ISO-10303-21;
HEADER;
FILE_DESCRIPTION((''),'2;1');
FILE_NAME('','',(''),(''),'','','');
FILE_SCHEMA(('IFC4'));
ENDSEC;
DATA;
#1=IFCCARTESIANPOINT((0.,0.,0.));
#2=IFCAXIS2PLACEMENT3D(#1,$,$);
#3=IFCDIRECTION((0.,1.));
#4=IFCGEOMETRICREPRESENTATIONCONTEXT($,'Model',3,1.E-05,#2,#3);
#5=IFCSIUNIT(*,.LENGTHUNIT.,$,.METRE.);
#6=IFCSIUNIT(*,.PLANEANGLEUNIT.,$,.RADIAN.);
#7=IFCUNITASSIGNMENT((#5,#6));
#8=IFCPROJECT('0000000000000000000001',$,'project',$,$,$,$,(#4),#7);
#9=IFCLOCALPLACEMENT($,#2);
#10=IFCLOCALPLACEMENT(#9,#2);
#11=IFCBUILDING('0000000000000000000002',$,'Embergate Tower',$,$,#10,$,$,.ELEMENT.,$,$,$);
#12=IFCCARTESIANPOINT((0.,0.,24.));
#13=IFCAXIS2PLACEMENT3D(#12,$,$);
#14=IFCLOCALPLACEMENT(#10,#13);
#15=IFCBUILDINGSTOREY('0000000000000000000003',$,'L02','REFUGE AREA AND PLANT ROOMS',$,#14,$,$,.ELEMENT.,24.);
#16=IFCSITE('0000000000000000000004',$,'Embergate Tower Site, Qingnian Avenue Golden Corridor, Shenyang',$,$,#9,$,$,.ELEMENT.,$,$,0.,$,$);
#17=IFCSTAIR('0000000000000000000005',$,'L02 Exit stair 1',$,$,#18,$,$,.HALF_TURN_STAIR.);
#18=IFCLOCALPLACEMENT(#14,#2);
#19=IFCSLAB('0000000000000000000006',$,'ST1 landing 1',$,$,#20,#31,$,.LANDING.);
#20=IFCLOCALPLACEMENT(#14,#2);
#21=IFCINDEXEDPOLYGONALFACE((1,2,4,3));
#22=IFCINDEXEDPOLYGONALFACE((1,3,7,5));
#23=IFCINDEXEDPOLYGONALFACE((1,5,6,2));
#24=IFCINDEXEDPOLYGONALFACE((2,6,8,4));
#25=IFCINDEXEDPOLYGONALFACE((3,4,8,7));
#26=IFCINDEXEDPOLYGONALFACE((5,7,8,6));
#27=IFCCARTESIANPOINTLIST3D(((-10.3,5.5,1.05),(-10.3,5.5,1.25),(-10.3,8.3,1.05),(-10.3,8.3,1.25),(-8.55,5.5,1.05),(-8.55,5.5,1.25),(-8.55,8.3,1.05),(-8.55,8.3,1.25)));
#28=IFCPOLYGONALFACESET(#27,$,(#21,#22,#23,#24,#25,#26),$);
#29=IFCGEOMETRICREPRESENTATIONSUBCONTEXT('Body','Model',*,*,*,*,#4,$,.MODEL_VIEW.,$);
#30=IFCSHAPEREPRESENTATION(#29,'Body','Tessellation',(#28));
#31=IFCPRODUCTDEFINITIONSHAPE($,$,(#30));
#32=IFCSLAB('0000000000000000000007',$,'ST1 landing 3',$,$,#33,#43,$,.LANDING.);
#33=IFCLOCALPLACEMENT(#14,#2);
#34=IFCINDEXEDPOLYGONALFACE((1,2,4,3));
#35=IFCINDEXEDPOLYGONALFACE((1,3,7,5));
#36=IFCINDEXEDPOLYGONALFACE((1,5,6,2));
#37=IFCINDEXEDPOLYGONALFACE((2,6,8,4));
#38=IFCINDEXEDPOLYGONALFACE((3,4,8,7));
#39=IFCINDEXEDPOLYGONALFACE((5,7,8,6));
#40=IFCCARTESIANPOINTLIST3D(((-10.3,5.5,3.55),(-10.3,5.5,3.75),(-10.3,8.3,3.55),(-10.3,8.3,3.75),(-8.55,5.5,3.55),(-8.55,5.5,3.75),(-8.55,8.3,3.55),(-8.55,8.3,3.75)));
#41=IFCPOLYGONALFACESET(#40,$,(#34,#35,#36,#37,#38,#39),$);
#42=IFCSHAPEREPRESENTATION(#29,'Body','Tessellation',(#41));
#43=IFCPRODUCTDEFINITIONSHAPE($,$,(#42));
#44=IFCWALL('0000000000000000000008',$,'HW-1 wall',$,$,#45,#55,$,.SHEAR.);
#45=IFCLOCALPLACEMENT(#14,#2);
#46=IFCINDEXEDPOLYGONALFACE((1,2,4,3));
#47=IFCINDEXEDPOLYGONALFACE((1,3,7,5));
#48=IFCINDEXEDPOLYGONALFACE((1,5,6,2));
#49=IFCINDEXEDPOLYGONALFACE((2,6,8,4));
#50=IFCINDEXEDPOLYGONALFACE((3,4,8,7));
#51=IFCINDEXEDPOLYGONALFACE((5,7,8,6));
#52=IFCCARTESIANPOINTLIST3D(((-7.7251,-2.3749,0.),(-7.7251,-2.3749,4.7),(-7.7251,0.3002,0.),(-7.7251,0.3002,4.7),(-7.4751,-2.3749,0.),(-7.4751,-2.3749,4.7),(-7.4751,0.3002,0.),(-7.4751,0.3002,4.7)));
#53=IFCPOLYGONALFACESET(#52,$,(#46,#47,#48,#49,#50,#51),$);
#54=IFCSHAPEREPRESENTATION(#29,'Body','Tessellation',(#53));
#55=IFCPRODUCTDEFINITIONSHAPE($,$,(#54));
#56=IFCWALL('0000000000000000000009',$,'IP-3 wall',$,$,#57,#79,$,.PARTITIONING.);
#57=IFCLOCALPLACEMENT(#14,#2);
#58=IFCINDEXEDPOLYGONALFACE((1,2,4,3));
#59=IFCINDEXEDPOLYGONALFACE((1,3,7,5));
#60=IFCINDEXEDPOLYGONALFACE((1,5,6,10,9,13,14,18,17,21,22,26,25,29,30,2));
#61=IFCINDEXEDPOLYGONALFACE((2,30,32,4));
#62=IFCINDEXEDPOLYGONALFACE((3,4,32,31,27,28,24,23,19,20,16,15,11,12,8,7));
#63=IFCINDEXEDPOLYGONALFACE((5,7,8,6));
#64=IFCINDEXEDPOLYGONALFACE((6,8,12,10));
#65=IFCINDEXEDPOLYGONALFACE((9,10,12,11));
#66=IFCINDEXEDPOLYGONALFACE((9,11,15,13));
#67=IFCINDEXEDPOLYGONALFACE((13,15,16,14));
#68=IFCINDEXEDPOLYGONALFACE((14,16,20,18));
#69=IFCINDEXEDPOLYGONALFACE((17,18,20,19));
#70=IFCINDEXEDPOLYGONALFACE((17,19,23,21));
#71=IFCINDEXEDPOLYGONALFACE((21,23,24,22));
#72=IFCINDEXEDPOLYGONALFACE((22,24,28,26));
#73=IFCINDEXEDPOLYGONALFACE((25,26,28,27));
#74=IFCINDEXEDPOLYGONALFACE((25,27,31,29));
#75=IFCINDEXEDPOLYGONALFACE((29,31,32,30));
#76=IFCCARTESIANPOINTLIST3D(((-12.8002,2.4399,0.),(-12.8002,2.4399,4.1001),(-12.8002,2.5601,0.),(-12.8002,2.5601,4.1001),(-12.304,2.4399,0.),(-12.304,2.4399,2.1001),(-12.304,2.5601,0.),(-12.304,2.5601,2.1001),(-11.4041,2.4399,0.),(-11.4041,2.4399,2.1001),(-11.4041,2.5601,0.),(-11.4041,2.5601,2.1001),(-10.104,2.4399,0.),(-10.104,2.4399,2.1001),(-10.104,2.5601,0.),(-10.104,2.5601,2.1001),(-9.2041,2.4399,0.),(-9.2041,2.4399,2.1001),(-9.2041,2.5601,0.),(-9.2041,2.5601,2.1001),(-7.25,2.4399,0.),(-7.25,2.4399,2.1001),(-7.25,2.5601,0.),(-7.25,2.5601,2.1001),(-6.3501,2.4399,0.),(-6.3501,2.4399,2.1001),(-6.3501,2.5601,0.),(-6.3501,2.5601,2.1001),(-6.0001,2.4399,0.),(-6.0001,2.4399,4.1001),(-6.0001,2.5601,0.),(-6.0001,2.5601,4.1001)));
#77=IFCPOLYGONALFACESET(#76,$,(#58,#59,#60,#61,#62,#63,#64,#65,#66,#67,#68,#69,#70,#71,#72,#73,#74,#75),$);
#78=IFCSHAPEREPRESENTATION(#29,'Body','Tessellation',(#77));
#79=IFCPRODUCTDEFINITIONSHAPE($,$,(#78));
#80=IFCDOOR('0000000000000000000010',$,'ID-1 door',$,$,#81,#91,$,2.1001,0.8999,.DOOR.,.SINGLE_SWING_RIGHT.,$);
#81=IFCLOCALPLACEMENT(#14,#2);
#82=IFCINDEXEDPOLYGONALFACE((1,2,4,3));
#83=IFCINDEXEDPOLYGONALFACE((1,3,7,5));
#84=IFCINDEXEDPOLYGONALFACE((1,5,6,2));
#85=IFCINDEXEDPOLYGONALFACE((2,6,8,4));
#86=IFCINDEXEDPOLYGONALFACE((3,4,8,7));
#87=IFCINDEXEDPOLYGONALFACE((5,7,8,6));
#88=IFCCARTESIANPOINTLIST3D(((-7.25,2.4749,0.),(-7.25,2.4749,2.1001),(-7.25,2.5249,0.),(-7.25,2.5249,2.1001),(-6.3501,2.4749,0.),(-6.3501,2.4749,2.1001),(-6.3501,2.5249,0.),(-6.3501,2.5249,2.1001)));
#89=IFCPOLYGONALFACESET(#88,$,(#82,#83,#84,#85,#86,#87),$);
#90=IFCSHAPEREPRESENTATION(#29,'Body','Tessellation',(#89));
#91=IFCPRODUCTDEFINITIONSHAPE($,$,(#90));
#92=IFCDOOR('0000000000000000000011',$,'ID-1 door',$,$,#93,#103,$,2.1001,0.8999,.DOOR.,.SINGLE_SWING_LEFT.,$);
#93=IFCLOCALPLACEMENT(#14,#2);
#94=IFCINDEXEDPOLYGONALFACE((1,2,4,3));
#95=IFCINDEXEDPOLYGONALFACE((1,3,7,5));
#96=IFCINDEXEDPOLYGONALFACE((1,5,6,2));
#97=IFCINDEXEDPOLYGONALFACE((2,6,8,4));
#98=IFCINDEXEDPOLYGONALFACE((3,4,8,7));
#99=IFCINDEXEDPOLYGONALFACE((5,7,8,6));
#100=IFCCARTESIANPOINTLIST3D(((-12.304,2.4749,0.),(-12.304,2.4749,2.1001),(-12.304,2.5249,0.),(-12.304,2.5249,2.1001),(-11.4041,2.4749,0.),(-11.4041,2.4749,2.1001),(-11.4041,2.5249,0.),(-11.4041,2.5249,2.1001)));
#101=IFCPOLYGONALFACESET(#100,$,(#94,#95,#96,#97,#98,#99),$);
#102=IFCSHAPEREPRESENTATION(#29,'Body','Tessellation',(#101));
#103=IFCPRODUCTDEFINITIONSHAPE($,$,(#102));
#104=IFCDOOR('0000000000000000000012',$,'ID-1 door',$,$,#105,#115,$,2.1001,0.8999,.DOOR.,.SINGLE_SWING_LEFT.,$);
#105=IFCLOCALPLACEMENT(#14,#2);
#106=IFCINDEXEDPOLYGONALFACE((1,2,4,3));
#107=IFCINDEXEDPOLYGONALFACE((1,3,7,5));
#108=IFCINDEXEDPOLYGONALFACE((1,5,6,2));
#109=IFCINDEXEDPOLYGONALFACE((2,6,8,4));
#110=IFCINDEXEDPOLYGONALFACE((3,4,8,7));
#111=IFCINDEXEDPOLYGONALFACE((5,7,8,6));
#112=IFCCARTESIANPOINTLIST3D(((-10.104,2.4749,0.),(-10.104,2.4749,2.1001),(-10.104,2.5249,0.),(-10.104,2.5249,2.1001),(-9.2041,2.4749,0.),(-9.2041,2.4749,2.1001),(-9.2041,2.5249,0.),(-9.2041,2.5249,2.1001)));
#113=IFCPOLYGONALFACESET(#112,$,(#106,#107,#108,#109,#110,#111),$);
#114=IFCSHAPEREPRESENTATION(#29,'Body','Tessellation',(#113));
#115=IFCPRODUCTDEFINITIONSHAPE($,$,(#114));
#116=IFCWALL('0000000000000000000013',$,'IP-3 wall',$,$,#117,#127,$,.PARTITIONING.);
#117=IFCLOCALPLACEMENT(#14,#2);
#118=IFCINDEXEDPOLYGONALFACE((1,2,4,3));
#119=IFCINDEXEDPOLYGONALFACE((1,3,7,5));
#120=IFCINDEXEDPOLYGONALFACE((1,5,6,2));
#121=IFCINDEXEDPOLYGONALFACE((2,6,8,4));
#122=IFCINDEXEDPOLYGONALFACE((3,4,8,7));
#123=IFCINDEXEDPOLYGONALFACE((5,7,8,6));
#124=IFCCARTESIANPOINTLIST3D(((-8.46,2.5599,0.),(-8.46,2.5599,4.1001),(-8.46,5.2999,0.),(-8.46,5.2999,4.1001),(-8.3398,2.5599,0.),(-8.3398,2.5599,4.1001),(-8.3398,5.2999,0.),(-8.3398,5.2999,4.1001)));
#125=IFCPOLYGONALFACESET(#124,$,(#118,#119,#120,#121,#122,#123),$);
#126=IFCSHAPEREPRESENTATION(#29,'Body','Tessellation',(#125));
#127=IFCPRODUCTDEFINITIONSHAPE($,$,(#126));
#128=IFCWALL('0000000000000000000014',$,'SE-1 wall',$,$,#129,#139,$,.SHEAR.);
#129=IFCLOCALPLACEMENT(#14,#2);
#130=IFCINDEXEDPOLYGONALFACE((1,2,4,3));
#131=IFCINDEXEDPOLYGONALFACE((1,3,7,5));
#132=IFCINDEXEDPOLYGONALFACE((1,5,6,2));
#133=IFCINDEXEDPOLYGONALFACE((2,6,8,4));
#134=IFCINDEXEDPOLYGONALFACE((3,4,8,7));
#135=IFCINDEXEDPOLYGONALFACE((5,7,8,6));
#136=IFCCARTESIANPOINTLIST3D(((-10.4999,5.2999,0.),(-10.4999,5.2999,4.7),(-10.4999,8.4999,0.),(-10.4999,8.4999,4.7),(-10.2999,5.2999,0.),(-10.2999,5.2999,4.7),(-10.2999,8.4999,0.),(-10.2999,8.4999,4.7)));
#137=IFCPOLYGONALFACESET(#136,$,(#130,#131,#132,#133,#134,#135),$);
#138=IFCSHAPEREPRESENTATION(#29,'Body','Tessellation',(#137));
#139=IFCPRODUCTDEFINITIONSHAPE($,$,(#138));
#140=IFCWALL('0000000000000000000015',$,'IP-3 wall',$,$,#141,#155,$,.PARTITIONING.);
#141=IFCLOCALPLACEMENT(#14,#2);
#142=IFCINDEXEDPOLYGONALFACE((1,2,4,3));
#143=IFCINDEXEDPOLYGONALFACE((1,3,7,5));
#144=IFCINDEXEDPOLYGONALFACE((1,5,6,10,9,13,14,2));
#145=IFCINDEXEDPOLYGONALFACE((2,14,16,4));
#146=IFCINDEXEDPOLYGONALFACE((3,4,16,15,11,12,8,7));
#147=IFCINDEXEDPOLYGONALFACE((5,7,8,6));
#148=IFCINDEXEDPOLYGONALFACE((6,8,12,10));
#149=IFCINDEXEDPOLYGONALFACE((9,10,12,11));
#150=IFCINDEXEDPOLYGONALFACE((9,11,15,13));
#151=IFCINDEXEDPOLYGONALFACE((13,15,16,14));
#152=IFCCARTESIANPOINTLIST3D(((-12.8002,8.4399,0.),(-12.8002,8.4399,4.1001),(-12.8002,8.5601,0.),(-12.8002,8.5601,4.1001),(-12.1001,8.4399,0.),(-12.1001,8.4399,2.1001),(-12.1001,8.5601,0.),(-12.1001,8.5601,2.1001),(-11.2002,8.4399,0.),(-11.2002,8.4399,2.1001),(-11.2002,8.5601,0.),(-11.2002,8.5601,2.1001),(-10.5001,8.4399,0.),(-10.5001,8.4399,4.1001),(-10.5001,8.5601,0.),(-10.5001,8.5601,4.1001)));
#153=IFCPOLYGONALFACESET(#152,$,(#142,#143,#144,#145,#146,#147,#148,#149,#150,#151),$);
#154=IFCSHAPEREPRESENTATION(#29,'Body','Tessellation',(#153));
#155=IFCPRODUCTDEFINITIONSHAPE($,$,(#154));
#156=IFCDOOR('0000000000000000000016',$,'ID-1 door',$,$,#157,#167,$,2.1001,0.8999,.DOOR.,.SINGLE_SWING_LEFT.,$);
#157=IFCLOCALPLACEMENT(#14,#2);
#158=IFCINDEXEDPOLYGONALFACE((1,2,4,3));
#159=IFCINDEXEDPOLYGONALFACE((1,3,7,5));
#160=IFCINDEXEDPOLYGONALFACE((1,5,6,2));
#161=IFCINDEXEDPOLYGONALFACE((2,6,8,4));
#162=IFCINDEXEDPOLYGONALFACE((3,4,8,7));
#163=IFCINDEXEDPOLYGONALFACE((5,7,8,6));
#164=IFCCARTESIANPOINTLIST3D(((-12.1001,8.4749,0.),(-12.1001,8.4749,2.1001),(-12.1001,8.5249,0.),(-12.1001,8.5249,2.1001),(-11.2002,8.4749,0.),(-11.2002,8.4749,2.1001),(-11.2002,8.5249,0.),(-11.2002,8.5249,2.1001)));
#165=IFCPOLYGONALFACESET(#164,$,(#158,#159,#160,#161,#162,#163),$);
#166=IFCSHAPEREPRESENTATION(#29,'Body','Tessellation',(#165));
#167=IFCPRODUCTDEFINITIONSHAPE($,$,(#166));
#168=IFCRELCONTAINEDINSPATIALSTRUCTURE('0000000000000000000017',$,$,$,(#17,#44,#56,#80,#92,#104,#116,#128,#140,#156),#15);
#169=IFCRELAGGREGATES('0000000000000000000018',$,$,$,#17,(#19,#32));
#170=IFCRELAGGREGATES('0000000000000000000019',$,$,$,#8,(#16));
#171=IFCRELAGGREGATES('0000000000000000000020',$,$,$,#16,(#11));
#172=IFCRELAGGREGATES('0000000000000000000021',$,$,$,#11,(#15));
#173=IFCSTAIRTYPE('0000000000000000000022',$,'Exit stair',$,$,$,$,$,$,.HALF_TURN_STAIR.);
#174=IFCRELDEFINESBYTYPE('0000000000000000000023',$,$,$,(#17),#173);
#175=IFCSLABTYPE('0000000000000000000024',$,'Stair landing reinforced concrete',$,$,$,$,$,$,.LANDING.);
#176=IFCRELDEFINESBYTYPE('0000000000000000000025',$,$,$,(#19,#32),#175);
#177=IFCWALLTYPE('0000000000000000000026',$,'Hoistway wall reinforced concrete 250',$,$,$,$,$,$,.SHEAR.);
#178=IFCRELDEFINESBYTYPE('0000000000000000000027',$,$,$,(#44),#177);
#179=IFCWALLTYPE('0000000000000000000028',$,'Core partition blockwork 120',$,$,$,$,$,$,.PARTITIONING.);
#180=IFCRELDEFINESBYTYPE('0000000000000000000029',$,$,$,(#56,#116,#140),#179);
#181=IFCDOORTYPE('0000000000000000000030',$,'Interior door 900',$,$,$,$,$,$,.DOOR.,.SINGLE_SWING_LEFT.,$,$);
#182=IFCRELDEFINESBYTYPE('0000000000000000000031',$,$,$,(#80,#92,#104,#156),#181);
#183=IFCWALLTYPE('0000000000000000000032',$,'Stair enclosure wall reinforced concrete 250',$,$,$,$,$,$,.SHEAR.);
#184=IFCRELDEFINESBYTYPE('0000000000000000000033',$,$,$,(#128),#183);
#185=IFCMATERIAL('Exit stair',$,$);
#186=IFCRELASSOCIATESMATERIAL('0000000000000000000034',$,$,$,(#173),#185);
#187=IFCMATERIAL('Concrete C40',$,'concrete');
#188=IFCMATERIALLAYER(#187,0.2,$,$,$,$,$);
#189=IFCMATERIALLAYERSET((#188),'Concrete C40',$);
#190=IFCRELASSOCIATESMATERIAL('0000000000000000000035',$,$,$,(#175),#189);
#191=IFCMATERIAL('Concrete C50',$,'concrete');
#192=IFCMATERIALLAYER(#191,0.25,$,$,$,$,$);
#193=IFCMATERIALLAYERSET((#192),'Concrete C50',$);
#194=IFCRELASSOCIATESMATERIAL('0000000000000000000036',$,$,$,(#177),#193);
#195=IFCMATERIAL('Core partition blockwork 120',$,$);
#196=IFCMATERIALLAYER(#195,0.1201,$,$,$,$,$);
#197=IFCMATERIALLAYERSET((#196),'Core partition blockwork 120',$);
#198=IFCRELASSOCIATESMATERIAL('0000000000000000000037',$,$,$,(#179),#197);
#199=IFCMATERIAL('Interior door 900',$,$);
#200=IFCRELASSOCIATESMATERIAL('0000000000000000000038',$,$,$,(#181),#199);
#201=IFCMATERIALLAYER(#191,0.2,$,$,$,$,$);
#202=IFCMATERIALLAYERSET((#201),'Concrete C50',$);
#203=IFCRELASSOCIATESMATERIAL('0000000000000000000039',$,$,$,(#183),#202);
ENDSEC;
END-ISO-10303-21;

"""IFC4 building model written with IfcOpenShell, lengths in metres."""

from ifc_helpers import new_model, si_unit, direction, frame, frame_2d, origin, place, context, subcontext, project, spatial, polyline, rectangle, outline, extrude, source, transform, mapped, material, layer, layer_set, type_object, element, fill, aggregate, save


model = new_model("IFC4")

# Units and contexts
model_context = context("Model", 3, precision=1e-05, world=origin(), true_north=direction((0.0, 1.0)))
body_context = subcontext(model_context, "Body", "Model", "MODEL_VIEW")
ifc_project = project(units=[si_unit("LENGTHUNIT", "METRE"), si_unit("PLANEANGLEUNIT", "RADIAN")], contexts=[model_context])

# Site, building, storey
site_placement = place(None, origin())
site = spatial("IfcSite", under=ifc_project, at=site_placement, Name="Embergate Tower Site, Qingnian Avenue Golden Corridor, Shenyang", CompositionType="ELEMENT", RefElevation=0.0)
building_placement = place(site_placement, origin())
building = spatial("IfcBuilding", under=site, at=building_placement, Name="Embergate Tower", CompositionType="ELEMENT")
storey_placement = place(building_placement, frame((0.0, 0.0, 24.0)))
storey = spatial("IfcBuildingStorey", under=building, at=storey_placement, Name="L02", Description="REFUGE AREA AND PLANT ROOMS", CompositionType="ELEMENT", Elevation=24.0)

# Stair, slabs
ifc_material_1 = material(Name="Exit stair")
stair_type = type_object("IfcStairType", Name="Exit stair", PredefinedType="HALF_TURN_STAIR", material=ifc_material_1)
stair_placement = place(storey_placement, origin())
stair = element("IfcStair", 1, at=stair_placement, inside=storey, type_object=stair_type, Name="L02 Exit stair 1", PredefinedType="HALF_TURN_STAIR")
ifc_material_2 = material(Name="Concrete C40", Category="concrete")
ifc_layer_1 = layer(ifc_material_2, 0.2)
ifc_layer_set_1 = layer_set([ifc_layer_1], Name="Concrete C40")
slab_type = type_object("IfcSlabType", Name="Stair landing reinforced concrete", PredefinedType="LANDING", material=ifc_layer_set_1)
shared_shape_1 = source(origin(), body_context, "Body", "SweptSolid", [
    extrude(outline(polyline([(0.0, 0.0), (1.75, 0.0), (1.75, 2.8), (0.0, 2.8), (0.0, 0.0)])), origin(), (0.0, 0.0, 1.0), 0.2),
])
slab_1_placement = place(storey_placement, frame((-10.3, 5.5, 1.05)))
slab_1 = element("IfcSlab", 2, at=slab_1_placement, type_object=slab_type, Name="ST1 landing 1", PredefinedType="LANDING", context=body_context, shape_type="MappedRepresentation", body=[
    mapped(shared_shape_1, transform((0.0, 0.0, 0.0))),
])
slab_2_placement = place(storey_placement, frame((-10.3, 5.5, 3.55)))
slab_2 = element("IfcSlab", 3, at=slab_2_placement, type_object=slab_type, Name="ST1 landing 3", PredefinedType="LANDING", context=body_context, shape_type="MappedRepresentation", body=[
    mapped(shared_shape_1, transform((0.0, 0.0, 0.0))),
])

# Wall
ifc_material_3 = material(Name="Concrete C50", Category="concrete")
ifc_layer_2 = layer(ifc_material_3, 0.25)
ifc_layer_set_2 = layer_set([ifc_layer_2], Name="Concrete C50")
wall_type_1 = type_object("IfcWallType", Name="Hoistway wall reinforced concrete 250", PredefinedType="SHEAR", material=ifc_layer_set_2)
shared_shape_2 = source(origin(), body_context, "Body", "SweptSolid", [
    extrude(rectangle(XDim=2.675, YDim=0.25, at=frame_2d((1.3374, 0.0))), origin(), (0.0, 0.0, 1.0), 4.7),
])
wall_1_placement = place(storey_placement, frame((-7.6001, 0.3, 0.0), z_axis=(0.0, 0.0, 1.0), x_axis=(0.0, -1.0, 0.0)))
element("IfcWall", 4, at=wall_1_placement, inside=storey, type_object=wall_type_1, Name="HW-1 wall", PredefinedType="SHEAR", context=body_context, shape_type="MappedRepresentation", body=[
    mapped(shared_shape_2, transform((0.0, 0.0, 0.0))),
])

# Wall, openings, doors
ifc_material_4 = material(Name="Core partition blockwork 120")
ifc_layer_3 = layer(ifc_material_4, 0.1201)
ifc_layer_set_3 = layer_set([ifc_layer_3], Name="Core partition blockwork 120")
wall_type_2 = type_object("IfcWallType", Name="Core partition blockwork 120", PredefinedType="PARTITIONING", material=ifc_layer_set_3)
shared_shape_3 = source(origin(), body_context, "Body", "SweptSolid", [
    extrude(rectangle(XDim=6.8, YDim=0.1201, at=frame_2d((3.3999, 0.0))), origin(), (0.0, 0.0, 1.0), 4.1001),
])
wall_2_placement = place(storey_placement, frame((-12.8, 2.5, 0.0), z_axis=(0.0, 0.0, 1.0), x_axis=(1.0, 0.0, 0.0)))
wall_2 = element("IfcWall", 5, at=wall_2_placement, inside=storey, type_object=wall_type_2, Name="IP-3 wall", PredefinedType="PARTITIONING", context=body_context, shape_type="MappedRepresentation", body=[
    mapped(shared_shape_3, transform((0.0, 0.0, 0.0))),
])
shared_shape_4 = source(origin(), body_context, "Body", "SweptSolid", [
    extrude(rectangle(XDim=0.8999, YDim=2.1001, at=frame_2d((0.45, 1.05))), frame((0.0, 0.0701, 0.0), z_axis=(0.0, -1.0, 0.0), x_axis=(1.0, 0.0, 0.0)), (0.0, 0.0, 1.0), 0.1401),
])
opening_1_placement = place(wall_2_placement, frame((5.55, 0.0, 0.0)))
opening_1 = element("IfcOpeningElement", 6, at=opening_1_placement, cuts=wall_2, PredefinedType="OPENING", context=body_context, shape_type="MappedRepresentation", body=[
    mapped(shared_shape_4, transform((0.0, 0.0, 0.0))),
])
opening_2_placement = place(wall_2_placement, frame((0.4961, 0.0, 0.0)))
opening_2 = element("IfcOpeningElement", 7, at=opening_2_placement, cuts=wall_2, PredefinedType="OPENING", context=body_context, shape_type="MappedRepresentation", body=[
    mapped(shared_shape_4, transform((0.0, 0.0, 0.0))),
])
opening_3_placement = place(wall_2_placement, frame((2.696, 0.0, 0.0)))
opening_3 = element("IfcOpeningElement", 8, at=opening_3_placement, cuts=wall_2, PredefinedType="OPENING", context=body_context, shape_type="MappedRepresentation", body=[
    mapped(shared_shape_4, transform((0.0, 0.0, 0.0))),
])
ifc_material_5 = material(Name="Interior door 900")
door_type_1 = type_object("IfcDoorType", Name="Interior door 900", OperationType="SINGLE_SWING_LEFT", PredefinedType="DOOR", material=ifc_material_5)
shared_shape_5 = source(origin(), body_context, "Body", "SweptSolid", [
    extrude(rectangle(XDim=0.8999, YDim=2.1001, at=frame_2d((0.45, 1.05))), frame((0.0, 0.0249, 0.0), z_axis=(0.0, -1.0, 0.0), x_axis=(1.0, 0.0, 0.0)), (0.0, 0.0, 1.0), 0.05),
])
door_1_placement = place(opening_1_placement, origin())
door_1 = element("IfcDoor", 9, at=door_1_placement, inside=storey, type_object=door_type_1, Name="ID-1 door", OperationType="SINGLE_SWING_RIGHT", OverallHeight=2.1001, OverallWidth=0.8999, PredefinedType="DOOR", context=body_context, shape_type="MappedRepresentation", body=[
    mapped(shared_shape_5, transform((0.0, 0.0, 0.0))),
])
fill(opening_1, door_1)
door_2_placement = place(opening_2_placement, origin())
door_2 = element("IfcDoor", 10, at=door_2_placement, inside=storey, type_object=door_type_1, Name="ID-1 door", OperationType="SINGLE_SWING_LEFT", OverallHeight=2.1001, OverallWidth=0.8999, PredefinedType="DOOR", context=body_context, shape_type="MappedRepresentation", body=[
    mapped(shared_shape_5, transform((0.0, 0.0, 0.0))),
])
fill(opening_2, door_2)
door_3_placement = place(opening_3_placement, origin())
door_3 = element("IfcDoor", 11, at=door_3_placement, inside=storey, type_object=door_type_1, Name="ID-1 door", OperationType="SINGLE_SWING_LEFT", OverallHeight=2.1001, OverallWidth=0.8999, PredefinedType="DOOR", context=body_context, shape_type="MappedRepresentation", body=[
    mapped(shared_shape_5, transform((0.0, 0.0, 0.0))),
])
fill(opening_3, door_3)

# Walls
shared_shape_6 = source(origin(), body_context, "Body", "SweptSolid", [
    extrude(rectangle(XDim=2.74, YDim=0.1201, at=frame_2d((1.3701, 0.0))), origin(), (0.0, 0.0, 1.0), 4.1001),
])
wall_3_placement = place(storey_placement, frame((-8.3999, 5.3, 0.0), z_axis=(0.0, 0.0, 1.0), x_axis=(0.0, -1.0, 0.0)))
element("IfcWall", 12, at=wall_3_placement, inside=storey, type_object=wall_type_2, Name="IP-3 wall", PredefinedType="PARTITIONING", context=body_context, shape_type="MappedRepresentation", body=[
    mapped(shared_shape_6, transform((0.0, 0.0, 0.0))),
])
ifc_layer_4 = layer(ifc_material_3, 0.2)
ifc_layer_set_4 = layer_set([ifc_layer_4], Name="Concrete C50")
wall_type_3 = type_object("IfcWallType", Name="Stair enclosure wall reinforced concrete 250", PredefinedType="SHEAR", material=ifc_layer_set_4)
shared_shape_7 = source(origin(), body_context, "Body", "SweptSolid", [
    extrude(rectangle(XDim=3.2, YDim=0.2, at=frame_2d((1.6001, 0.0))), origin(), (0.0, 0.0, 1.0), 4.7),
])
wall_4_placement = place(storey_placement, frame((-10.3999, 8.5, 0.0), z_axis=(0.0, 0.0, 1.0), x_axis=(0.0, -1.0, 0.0)))
element("IfcWall", 13, at=wall_4_placement, inside=storey, type_object=wall_type_3, Name="SE-1 wall", PredefinedType="SHEAR", context=body_context, shape_type="MappedRepresentation", body=[
    mapped(shared_shape_7, transform((0.0, 0.0, 0.0))),
])

# Wall, opening, door
shared_shape_8 = source(origin(), body_context, "Body", "SweptSolid", [
    extrude(rectangle(XDim=2.3, YDim=0.1201, at=frame_2d((1.1499, 0.0))), origin(), (0.0, 0.0, 1.0), 4.1001),
])
wall_5_placement = place(storey_placement, frame((-12.8, 8.5, 0.0), z_axis=(0.0, 0.0, 1.0), x_axis=(1.0, 0.0, 0.0)))
wall_5 = element("IfcWall", 14, at=wall_5_placement, inside=storey, type_object=wall_type_2, Name="IP-3 wall", PredefinedType="PARTITIONING", context=body_context, shape_type="MappedRepresentation", body=[
    mapped(shared_shape_8, transform((0.0, 0.0, 0.0))),
])
opening_4_placement = place(wall_5_placement, frame((0.7, 0.0, 0.0)))
opening_4 = element("IfcOpeningElement", 15, at=opening_4_placement, cuts=wall_5, PredefinedType="OPENING", context=body_context, shape_type="MappedRepresentation", body=[
    mapped(shared_shape_4, transform((0.0, 0.0, 0.0))),
])
door_4_placement = place(opening_4_placement, origin())
door_4 = element("IfcDoor", 16, at=door_4_placement, inside=storey, type_object=door_type_1, Name="ID-1 door", OperationType="SINGLE_SWING_LEFT", OverallHeight=2.1001, OverallWidth=0.8999, PredefinedType="DOOR", context=body_context, shape_type="MappedRepresentation", body=[
    mapped(shared_shape_5, transform((0.0, 0.0, 0.0))),
])
fill(opening_4, door_4)

aggregate(stair, [slab_1, slab_2])

save(model, "model.ifc")
